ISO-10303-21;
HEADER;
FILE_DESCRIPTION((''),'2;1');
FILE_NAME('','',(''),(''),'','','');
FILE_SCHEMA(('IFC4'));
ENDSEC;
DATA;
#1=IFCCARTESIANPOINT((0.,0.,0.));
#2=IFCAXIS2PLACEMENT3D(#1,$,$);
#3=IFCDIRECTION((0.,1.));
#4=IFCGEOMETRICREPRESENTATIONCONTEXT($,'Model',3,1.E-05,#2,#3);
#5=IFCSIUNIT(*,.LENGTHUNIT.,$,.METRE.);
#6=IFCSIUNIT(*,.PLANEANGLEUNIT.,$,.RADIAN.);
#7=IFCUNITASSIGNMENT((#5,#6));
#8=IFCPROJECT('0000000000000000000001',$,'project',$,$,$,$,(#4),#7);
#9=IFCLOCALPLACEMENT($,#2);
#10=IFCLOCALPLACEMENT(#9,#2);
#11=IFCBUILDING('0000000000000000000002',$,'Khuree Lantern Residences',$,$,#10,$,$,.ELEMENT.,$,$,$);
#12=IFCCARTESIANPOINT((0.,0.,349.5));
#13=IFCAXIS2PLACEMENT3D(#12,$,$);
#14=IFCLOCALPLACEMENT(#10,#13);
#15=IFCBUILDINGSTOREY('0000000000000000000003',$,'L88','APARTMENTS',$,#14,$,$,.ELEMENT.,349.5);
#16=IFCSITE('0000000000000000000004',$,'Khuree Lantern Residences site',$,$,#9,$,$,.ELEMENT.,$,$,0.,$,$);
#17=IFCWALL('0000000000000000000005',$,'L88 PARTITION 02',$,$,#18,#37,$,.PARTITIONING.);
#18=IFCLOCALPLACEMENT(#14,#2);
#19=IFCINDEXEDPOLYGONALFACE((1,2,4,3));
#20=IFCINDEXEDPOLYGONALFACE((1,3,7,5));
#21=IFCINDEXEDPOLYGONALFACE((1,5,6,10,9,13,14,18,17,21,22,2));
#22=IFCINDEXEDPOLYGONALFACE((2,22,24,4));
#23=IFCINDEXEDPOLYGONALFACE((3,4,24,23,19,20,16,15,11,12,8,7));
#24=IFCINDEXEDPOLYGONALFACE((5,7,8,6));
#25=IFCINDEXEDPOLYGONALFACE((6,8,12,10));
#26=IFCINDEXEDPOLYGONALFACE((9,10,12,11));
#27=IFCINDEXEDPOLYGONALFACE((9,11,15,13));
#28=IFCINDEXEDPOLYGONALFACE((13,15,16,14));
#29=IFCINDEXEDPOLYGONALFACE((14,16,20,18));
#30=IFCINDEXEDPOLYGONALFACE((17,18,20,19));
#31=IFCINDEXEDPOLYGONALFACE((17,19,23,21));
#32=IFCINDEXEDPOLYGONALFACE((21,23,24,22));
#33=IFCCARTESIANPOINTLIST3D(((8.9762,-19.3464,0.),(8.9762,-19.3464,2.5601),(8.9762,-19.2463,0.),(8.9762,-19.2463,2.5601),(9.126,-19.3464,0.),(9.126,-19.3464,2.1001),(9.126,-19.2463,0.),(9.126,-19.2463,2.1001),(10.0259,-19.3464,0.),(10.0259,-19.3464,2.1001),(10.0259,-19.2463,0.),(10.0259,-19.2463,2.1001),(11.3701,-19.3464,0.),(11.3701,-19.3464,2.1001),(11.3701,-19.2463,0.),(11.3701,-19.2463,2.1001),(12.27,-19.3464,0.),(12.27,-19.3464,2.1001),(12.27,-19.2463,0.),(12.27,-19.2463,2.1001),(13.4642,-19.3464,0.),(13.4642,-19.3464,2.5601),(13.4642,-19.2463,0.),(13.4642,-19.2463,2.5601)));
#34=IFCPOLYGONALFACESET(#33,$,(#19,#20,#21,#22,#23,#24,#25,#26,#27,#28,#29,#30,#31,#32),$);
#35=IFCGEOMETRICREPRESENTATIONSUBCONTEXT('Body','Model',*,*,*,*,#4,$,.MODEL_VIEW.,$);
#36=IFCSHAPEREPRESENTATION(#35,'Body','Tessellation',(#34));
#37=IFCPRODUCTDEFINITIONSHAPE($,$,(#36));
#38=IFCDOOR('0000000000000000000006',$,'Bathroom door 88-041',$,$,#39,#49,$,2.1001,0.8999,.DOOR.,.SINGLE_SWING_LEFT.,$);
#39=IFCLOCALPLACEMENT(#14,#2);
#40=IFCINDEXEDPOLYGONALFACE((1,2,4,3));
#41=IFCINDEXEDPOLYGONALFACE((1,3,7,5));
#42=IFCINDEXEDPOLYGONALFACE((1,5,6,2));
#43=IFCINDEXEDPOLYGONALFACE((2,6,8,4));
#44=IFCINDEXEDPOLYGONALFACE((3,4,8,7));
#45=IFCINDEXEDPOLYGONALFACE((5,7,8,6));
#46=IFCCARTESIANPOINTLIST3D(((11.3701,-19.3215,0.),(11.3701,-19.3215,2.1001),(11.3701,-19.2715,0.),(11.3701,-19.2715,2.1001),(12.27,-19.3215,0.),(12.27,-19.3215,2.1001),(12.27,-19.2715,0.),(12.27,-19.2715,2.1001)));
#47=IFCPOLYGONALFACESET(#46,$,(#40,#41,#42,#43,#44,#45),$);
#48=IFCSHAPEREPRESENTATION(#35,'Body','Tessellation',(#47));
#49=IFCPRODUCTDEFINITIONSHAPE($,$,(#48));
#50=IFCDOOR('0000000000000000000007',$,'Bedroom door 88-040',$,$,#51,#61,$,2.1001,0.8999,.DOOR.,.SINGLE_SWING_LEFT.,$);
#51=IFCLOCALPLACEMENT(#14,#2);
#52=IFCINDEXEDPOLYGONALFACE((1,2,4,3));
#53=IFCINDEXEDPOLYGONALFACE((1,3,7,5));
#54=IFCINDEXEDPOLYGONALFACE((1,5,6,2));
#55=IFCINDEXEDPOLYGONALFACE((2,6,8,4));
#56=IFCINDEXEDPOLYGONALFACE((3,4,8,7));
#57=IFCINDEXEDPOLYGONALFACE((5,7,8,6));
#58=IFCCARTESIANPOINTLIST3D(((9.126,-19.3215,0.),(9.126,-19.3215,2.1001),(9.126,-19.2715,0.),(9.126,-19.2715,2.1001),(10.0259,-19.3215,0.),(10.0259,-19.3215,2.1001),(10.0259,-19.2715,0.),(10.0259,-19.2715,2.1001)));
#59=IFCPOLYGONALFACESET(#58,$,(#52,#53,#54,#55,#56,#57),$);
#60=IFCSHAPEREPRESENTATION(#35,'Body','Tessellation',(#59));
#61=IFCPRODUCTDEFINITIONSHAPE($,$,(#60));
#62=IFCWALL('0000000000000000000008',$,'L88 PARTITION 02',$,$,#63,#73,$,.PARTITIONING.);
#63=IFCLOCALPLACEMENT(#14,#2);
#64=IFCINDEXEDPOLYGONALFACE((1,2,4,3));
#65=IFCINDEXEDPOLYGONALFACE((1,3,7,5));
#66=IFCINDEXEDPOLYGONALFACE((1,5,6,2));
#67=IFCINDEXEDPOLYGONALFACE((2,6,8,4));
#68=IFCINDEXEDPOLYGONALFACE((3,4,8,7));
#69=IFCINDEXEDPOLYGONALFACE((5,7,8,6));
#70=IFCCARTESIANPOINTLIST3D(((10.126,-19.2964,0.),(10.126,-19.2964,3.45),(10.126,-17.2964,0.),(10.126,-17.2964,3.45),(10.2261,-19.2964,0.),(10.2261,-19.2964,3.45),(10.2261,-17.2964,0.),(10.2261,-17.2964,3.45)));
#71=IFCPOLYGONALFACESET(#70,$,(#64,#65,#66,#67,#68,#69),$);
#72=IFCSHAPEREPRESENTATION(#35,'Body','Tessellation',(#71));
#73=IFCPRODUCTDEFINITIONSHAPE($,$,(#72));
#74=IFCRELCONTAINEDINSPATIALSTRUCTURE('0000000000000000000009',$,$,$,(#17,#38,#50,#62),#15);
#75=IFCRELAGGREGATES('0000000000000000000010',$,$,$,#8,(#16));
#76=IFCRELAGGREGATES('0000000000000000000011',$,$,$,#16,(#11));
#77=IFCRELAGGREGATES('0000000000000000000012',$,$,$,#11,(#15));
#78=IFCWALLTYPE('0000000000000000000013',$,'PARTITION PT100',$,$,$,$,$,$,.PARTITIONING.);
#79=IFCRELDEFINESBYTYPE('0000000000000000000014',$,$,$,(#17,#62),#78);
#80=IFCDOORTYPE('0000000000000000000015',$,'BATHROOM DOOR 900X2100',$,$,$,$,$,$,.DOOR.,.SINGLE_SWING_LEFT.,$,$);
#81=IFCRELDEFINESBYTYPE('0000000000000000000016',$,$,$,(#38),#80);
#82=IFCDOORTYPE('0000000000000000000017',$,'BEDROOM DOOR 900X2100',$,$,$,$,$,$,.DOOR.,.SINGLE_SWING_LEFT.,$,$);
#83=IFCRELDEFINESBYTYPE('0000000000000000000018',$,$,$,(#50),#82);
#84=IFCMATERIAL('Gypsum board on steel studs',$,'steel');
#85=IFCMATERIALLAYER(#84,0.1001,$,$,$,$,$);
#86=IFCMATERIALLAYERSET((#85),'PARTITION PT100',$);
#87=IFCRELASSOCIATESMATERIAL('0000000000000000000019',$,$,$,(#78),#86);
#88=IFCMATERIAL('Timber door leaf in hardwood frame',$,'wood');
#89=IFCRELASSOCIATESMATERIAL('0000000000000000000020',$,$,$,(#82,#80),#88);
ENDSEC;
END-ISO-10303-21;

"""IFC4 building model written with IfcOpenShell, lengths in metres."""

from ifc_helpers import new_model, si_unit, direction, frame, frame_2d, origin, place, context, subcontext, project, spatial, rectangle, extrude, material, layer, layer_set, type_object, element, fill, save


model = new_model("IFC4")

# Units and contexts
model_context = context("Model", 3, precision=1e-05, world=origin(), true_north=direction((0.0, 1.0)))
body_context = subcontext(model_context, "Body", "Model", "MODEL_VIEW")
ifc_project = project(units=[si_unit("LENGTHUNIT", "METRE"), si_unit("PLANEANGLEUNIT", "RADIAN")], contexts=[model_context])

# Site, building, storey
site_placement = place(None, origin())
site = spatial("IfcSite", under=ifc_project, at=site_placement, Name="Khuree Lantern Residences site", CompositionType="ELEMENT", RefElevation=0.0)
building_placement = place(site_placement, origin())
building = spatial("IfcBuilding", under=site, at=building_placement, Name="Khuree Lantern Residences", CompositionType="ELEMENT")
storey_placement = place(building_placement, frame((0.0, 0.0, 349.5)))
storey = spatial("IfcBuildingStorey", under=building, at=storey_placement, Name="L88", Description="APARTMENTS", CompositionType="ELEMENT", Elevation=349.5)

# Shared definitions
ifc_material_1 = material(Name="Gypsum board on steel studs", Category="steel")

# Shared definitions
ifc_layer_1 = layer(ifc_material_1, 0.1001)
ifc_layer_set_1 = layer_set([ifc_layer_1], Name="PARTITION PT100")
wall_type_1 = type_object("IfcWallType", Name="PARTITION PT100", PredefinedType="PARTITIONING", material=ifc_layer_set_1)

# Shared definitions
ifc_material_2 = material(Name="Timber door leaf in hardwood frame", Category="wood")
door_type_1 = type_object("IfcDoorType", Name="BEDROOM DOOR 900X2100", OperationType="SINGLE_SWING_LEFT", PredefinedType="DOOR", material=ifc_material_2)

# Wall, openings, doors
wall_1_placement = place(storey_placement, frame((8.9761, -19.2964, 0.0), z_axis=(0.0, 0.0, 1.0), x_axis=(1.0, 0.0, 0.0)))
wall_1 = element("IfcWall", 1, at=wall_1_placement, inside=storey, type_object=wall_type_1, Name="L88 PARTITION 02", PredefinedType="PARTITIONING", context=body_context, shape_type="SweptSolid", body=[
    extrude(rectangle(XDim=4.488, YDim=0.1001, at=frame_2d((2.2441, 0.0))), origin(), (0.0, 0.0, 1.0), 2.5601),
])
opening_1_placement = place(wall_1_placement, frame((0.1499, 0.0, 0.0)))
opening_1 = element("IfcOpeningElement", 2, at=opening_1_placement, cuts=wall_1, PredefinedType="OPENING", context=body_context, shape_type="SweptSolid", body=[
    extrude(rectangle(XDim=0.8999, YDim=2.1001, at=frame_2d((0.45, 1.05))), frame((0.0, 0.0601, 0.0), z_axis=(0.0, -1.0, 0.0), x_axis=(1.0, 0.0, 0.0)), (0.0, 0.0, 1.0), 0.1201),
])
opening_2_placement = place(wall_1_placement, frame((2.394, 0.0, 0.0)))
opening_2 = element("IfcOpeningElement", 3, at=opening_2_placement, cuts=wall_1, PredefinedType="OPENING", context=body_context, shape_type="SweptSolid", body=[
    extrude(rectangle(XDim=0.8999, YDim=2.1001, at=frame_2d((0.45, 1.05))), frame((0.0, 0.0601, 0.0), z_axis=(0.0, -1.0, 0.0), x_axis=(1.0, 0.0, 0.0)), (0.0, 0.0, 1.0), 0.1201),
])
door_type_2 = type_object("IfcDoorType", Name="BATHROOM DOOR 900X2100", OperationType="SINGLE_SWING_LEFT", PredefinedType="DOOR", material=ifc_material_2)
door_1_placement = place(opening_2_placement, origin())
door_1 = element("IfcDoor", 4, at=door_1_placement, inside=storey, type_object=door_type_2, Name="Bathroom door 88-041", OperationType="SINGLE_SWING_LEFT", OverallHeight=2.1001, OverallWidth=0.8999, PredefinedType="DOOR", context=body_context, shape_type="SweptSolid", body=[
    extrude(rectangle(XDim=0.8999, YDim=2.1001, at=frame_2d((0.45, 1.05))), frame((0.0, 0.0249, 0.0), z_axis=(0.0, -1.0, 0.0), x_axis=(1.0, 0.0, 0.0)), (0.0, 0.0, 1.0), 0.05),
])
fill(opening_2, door_1)
door_2_placement = place(opening_1_placement, origin())
door_2 = element("IfcDoor", 5, at=door_2_placement, inside=storey, type_object=door_type_1, Name="Bedroom door 88-040", OperationType="SINGLE_SWING_LEFT", OverallHeight=2.1001, OverallWidth=0.8999, PredefinedType="DOOR", context=body_context, shape_type="SweptSolid", body=[
    extrude(rectangle(XDim=0.8999, YDim=2.1001, at=frame_2d((0.45, 1.05))), frame((0.0, 0.0249, 0.0), z_axis=(0.0, -1.0, 0.0), x_axis=(1.0, 0.0, 0.0)), (0.0, 0.0, 1.0), 0.05),
])
fill(opening_1, door_2)

# Wall
wall_2_placement = place(storey_placement, frame((10.176, -17.2964, 0.0), z_axis=(0.0, 0.0, 1.0), x_axis=(0.0, -1.0, 0.0)))
element("IfcWall", 6, at=wall_2_placement, inside=storey, type_object=wall_type_1, Name="L88 PARTITION 02", PredefinedType="PARTITIONING", context=body_context, shape_type="SweptSolid", body=[
    extrude(rectangle(XDim=2.0, YDim=0.1001, at=frame_2d((1.0, 0.0))), origin(), (0.0, 0.0, 1.0), 3.45),
])

save(model, "model.ifc")
